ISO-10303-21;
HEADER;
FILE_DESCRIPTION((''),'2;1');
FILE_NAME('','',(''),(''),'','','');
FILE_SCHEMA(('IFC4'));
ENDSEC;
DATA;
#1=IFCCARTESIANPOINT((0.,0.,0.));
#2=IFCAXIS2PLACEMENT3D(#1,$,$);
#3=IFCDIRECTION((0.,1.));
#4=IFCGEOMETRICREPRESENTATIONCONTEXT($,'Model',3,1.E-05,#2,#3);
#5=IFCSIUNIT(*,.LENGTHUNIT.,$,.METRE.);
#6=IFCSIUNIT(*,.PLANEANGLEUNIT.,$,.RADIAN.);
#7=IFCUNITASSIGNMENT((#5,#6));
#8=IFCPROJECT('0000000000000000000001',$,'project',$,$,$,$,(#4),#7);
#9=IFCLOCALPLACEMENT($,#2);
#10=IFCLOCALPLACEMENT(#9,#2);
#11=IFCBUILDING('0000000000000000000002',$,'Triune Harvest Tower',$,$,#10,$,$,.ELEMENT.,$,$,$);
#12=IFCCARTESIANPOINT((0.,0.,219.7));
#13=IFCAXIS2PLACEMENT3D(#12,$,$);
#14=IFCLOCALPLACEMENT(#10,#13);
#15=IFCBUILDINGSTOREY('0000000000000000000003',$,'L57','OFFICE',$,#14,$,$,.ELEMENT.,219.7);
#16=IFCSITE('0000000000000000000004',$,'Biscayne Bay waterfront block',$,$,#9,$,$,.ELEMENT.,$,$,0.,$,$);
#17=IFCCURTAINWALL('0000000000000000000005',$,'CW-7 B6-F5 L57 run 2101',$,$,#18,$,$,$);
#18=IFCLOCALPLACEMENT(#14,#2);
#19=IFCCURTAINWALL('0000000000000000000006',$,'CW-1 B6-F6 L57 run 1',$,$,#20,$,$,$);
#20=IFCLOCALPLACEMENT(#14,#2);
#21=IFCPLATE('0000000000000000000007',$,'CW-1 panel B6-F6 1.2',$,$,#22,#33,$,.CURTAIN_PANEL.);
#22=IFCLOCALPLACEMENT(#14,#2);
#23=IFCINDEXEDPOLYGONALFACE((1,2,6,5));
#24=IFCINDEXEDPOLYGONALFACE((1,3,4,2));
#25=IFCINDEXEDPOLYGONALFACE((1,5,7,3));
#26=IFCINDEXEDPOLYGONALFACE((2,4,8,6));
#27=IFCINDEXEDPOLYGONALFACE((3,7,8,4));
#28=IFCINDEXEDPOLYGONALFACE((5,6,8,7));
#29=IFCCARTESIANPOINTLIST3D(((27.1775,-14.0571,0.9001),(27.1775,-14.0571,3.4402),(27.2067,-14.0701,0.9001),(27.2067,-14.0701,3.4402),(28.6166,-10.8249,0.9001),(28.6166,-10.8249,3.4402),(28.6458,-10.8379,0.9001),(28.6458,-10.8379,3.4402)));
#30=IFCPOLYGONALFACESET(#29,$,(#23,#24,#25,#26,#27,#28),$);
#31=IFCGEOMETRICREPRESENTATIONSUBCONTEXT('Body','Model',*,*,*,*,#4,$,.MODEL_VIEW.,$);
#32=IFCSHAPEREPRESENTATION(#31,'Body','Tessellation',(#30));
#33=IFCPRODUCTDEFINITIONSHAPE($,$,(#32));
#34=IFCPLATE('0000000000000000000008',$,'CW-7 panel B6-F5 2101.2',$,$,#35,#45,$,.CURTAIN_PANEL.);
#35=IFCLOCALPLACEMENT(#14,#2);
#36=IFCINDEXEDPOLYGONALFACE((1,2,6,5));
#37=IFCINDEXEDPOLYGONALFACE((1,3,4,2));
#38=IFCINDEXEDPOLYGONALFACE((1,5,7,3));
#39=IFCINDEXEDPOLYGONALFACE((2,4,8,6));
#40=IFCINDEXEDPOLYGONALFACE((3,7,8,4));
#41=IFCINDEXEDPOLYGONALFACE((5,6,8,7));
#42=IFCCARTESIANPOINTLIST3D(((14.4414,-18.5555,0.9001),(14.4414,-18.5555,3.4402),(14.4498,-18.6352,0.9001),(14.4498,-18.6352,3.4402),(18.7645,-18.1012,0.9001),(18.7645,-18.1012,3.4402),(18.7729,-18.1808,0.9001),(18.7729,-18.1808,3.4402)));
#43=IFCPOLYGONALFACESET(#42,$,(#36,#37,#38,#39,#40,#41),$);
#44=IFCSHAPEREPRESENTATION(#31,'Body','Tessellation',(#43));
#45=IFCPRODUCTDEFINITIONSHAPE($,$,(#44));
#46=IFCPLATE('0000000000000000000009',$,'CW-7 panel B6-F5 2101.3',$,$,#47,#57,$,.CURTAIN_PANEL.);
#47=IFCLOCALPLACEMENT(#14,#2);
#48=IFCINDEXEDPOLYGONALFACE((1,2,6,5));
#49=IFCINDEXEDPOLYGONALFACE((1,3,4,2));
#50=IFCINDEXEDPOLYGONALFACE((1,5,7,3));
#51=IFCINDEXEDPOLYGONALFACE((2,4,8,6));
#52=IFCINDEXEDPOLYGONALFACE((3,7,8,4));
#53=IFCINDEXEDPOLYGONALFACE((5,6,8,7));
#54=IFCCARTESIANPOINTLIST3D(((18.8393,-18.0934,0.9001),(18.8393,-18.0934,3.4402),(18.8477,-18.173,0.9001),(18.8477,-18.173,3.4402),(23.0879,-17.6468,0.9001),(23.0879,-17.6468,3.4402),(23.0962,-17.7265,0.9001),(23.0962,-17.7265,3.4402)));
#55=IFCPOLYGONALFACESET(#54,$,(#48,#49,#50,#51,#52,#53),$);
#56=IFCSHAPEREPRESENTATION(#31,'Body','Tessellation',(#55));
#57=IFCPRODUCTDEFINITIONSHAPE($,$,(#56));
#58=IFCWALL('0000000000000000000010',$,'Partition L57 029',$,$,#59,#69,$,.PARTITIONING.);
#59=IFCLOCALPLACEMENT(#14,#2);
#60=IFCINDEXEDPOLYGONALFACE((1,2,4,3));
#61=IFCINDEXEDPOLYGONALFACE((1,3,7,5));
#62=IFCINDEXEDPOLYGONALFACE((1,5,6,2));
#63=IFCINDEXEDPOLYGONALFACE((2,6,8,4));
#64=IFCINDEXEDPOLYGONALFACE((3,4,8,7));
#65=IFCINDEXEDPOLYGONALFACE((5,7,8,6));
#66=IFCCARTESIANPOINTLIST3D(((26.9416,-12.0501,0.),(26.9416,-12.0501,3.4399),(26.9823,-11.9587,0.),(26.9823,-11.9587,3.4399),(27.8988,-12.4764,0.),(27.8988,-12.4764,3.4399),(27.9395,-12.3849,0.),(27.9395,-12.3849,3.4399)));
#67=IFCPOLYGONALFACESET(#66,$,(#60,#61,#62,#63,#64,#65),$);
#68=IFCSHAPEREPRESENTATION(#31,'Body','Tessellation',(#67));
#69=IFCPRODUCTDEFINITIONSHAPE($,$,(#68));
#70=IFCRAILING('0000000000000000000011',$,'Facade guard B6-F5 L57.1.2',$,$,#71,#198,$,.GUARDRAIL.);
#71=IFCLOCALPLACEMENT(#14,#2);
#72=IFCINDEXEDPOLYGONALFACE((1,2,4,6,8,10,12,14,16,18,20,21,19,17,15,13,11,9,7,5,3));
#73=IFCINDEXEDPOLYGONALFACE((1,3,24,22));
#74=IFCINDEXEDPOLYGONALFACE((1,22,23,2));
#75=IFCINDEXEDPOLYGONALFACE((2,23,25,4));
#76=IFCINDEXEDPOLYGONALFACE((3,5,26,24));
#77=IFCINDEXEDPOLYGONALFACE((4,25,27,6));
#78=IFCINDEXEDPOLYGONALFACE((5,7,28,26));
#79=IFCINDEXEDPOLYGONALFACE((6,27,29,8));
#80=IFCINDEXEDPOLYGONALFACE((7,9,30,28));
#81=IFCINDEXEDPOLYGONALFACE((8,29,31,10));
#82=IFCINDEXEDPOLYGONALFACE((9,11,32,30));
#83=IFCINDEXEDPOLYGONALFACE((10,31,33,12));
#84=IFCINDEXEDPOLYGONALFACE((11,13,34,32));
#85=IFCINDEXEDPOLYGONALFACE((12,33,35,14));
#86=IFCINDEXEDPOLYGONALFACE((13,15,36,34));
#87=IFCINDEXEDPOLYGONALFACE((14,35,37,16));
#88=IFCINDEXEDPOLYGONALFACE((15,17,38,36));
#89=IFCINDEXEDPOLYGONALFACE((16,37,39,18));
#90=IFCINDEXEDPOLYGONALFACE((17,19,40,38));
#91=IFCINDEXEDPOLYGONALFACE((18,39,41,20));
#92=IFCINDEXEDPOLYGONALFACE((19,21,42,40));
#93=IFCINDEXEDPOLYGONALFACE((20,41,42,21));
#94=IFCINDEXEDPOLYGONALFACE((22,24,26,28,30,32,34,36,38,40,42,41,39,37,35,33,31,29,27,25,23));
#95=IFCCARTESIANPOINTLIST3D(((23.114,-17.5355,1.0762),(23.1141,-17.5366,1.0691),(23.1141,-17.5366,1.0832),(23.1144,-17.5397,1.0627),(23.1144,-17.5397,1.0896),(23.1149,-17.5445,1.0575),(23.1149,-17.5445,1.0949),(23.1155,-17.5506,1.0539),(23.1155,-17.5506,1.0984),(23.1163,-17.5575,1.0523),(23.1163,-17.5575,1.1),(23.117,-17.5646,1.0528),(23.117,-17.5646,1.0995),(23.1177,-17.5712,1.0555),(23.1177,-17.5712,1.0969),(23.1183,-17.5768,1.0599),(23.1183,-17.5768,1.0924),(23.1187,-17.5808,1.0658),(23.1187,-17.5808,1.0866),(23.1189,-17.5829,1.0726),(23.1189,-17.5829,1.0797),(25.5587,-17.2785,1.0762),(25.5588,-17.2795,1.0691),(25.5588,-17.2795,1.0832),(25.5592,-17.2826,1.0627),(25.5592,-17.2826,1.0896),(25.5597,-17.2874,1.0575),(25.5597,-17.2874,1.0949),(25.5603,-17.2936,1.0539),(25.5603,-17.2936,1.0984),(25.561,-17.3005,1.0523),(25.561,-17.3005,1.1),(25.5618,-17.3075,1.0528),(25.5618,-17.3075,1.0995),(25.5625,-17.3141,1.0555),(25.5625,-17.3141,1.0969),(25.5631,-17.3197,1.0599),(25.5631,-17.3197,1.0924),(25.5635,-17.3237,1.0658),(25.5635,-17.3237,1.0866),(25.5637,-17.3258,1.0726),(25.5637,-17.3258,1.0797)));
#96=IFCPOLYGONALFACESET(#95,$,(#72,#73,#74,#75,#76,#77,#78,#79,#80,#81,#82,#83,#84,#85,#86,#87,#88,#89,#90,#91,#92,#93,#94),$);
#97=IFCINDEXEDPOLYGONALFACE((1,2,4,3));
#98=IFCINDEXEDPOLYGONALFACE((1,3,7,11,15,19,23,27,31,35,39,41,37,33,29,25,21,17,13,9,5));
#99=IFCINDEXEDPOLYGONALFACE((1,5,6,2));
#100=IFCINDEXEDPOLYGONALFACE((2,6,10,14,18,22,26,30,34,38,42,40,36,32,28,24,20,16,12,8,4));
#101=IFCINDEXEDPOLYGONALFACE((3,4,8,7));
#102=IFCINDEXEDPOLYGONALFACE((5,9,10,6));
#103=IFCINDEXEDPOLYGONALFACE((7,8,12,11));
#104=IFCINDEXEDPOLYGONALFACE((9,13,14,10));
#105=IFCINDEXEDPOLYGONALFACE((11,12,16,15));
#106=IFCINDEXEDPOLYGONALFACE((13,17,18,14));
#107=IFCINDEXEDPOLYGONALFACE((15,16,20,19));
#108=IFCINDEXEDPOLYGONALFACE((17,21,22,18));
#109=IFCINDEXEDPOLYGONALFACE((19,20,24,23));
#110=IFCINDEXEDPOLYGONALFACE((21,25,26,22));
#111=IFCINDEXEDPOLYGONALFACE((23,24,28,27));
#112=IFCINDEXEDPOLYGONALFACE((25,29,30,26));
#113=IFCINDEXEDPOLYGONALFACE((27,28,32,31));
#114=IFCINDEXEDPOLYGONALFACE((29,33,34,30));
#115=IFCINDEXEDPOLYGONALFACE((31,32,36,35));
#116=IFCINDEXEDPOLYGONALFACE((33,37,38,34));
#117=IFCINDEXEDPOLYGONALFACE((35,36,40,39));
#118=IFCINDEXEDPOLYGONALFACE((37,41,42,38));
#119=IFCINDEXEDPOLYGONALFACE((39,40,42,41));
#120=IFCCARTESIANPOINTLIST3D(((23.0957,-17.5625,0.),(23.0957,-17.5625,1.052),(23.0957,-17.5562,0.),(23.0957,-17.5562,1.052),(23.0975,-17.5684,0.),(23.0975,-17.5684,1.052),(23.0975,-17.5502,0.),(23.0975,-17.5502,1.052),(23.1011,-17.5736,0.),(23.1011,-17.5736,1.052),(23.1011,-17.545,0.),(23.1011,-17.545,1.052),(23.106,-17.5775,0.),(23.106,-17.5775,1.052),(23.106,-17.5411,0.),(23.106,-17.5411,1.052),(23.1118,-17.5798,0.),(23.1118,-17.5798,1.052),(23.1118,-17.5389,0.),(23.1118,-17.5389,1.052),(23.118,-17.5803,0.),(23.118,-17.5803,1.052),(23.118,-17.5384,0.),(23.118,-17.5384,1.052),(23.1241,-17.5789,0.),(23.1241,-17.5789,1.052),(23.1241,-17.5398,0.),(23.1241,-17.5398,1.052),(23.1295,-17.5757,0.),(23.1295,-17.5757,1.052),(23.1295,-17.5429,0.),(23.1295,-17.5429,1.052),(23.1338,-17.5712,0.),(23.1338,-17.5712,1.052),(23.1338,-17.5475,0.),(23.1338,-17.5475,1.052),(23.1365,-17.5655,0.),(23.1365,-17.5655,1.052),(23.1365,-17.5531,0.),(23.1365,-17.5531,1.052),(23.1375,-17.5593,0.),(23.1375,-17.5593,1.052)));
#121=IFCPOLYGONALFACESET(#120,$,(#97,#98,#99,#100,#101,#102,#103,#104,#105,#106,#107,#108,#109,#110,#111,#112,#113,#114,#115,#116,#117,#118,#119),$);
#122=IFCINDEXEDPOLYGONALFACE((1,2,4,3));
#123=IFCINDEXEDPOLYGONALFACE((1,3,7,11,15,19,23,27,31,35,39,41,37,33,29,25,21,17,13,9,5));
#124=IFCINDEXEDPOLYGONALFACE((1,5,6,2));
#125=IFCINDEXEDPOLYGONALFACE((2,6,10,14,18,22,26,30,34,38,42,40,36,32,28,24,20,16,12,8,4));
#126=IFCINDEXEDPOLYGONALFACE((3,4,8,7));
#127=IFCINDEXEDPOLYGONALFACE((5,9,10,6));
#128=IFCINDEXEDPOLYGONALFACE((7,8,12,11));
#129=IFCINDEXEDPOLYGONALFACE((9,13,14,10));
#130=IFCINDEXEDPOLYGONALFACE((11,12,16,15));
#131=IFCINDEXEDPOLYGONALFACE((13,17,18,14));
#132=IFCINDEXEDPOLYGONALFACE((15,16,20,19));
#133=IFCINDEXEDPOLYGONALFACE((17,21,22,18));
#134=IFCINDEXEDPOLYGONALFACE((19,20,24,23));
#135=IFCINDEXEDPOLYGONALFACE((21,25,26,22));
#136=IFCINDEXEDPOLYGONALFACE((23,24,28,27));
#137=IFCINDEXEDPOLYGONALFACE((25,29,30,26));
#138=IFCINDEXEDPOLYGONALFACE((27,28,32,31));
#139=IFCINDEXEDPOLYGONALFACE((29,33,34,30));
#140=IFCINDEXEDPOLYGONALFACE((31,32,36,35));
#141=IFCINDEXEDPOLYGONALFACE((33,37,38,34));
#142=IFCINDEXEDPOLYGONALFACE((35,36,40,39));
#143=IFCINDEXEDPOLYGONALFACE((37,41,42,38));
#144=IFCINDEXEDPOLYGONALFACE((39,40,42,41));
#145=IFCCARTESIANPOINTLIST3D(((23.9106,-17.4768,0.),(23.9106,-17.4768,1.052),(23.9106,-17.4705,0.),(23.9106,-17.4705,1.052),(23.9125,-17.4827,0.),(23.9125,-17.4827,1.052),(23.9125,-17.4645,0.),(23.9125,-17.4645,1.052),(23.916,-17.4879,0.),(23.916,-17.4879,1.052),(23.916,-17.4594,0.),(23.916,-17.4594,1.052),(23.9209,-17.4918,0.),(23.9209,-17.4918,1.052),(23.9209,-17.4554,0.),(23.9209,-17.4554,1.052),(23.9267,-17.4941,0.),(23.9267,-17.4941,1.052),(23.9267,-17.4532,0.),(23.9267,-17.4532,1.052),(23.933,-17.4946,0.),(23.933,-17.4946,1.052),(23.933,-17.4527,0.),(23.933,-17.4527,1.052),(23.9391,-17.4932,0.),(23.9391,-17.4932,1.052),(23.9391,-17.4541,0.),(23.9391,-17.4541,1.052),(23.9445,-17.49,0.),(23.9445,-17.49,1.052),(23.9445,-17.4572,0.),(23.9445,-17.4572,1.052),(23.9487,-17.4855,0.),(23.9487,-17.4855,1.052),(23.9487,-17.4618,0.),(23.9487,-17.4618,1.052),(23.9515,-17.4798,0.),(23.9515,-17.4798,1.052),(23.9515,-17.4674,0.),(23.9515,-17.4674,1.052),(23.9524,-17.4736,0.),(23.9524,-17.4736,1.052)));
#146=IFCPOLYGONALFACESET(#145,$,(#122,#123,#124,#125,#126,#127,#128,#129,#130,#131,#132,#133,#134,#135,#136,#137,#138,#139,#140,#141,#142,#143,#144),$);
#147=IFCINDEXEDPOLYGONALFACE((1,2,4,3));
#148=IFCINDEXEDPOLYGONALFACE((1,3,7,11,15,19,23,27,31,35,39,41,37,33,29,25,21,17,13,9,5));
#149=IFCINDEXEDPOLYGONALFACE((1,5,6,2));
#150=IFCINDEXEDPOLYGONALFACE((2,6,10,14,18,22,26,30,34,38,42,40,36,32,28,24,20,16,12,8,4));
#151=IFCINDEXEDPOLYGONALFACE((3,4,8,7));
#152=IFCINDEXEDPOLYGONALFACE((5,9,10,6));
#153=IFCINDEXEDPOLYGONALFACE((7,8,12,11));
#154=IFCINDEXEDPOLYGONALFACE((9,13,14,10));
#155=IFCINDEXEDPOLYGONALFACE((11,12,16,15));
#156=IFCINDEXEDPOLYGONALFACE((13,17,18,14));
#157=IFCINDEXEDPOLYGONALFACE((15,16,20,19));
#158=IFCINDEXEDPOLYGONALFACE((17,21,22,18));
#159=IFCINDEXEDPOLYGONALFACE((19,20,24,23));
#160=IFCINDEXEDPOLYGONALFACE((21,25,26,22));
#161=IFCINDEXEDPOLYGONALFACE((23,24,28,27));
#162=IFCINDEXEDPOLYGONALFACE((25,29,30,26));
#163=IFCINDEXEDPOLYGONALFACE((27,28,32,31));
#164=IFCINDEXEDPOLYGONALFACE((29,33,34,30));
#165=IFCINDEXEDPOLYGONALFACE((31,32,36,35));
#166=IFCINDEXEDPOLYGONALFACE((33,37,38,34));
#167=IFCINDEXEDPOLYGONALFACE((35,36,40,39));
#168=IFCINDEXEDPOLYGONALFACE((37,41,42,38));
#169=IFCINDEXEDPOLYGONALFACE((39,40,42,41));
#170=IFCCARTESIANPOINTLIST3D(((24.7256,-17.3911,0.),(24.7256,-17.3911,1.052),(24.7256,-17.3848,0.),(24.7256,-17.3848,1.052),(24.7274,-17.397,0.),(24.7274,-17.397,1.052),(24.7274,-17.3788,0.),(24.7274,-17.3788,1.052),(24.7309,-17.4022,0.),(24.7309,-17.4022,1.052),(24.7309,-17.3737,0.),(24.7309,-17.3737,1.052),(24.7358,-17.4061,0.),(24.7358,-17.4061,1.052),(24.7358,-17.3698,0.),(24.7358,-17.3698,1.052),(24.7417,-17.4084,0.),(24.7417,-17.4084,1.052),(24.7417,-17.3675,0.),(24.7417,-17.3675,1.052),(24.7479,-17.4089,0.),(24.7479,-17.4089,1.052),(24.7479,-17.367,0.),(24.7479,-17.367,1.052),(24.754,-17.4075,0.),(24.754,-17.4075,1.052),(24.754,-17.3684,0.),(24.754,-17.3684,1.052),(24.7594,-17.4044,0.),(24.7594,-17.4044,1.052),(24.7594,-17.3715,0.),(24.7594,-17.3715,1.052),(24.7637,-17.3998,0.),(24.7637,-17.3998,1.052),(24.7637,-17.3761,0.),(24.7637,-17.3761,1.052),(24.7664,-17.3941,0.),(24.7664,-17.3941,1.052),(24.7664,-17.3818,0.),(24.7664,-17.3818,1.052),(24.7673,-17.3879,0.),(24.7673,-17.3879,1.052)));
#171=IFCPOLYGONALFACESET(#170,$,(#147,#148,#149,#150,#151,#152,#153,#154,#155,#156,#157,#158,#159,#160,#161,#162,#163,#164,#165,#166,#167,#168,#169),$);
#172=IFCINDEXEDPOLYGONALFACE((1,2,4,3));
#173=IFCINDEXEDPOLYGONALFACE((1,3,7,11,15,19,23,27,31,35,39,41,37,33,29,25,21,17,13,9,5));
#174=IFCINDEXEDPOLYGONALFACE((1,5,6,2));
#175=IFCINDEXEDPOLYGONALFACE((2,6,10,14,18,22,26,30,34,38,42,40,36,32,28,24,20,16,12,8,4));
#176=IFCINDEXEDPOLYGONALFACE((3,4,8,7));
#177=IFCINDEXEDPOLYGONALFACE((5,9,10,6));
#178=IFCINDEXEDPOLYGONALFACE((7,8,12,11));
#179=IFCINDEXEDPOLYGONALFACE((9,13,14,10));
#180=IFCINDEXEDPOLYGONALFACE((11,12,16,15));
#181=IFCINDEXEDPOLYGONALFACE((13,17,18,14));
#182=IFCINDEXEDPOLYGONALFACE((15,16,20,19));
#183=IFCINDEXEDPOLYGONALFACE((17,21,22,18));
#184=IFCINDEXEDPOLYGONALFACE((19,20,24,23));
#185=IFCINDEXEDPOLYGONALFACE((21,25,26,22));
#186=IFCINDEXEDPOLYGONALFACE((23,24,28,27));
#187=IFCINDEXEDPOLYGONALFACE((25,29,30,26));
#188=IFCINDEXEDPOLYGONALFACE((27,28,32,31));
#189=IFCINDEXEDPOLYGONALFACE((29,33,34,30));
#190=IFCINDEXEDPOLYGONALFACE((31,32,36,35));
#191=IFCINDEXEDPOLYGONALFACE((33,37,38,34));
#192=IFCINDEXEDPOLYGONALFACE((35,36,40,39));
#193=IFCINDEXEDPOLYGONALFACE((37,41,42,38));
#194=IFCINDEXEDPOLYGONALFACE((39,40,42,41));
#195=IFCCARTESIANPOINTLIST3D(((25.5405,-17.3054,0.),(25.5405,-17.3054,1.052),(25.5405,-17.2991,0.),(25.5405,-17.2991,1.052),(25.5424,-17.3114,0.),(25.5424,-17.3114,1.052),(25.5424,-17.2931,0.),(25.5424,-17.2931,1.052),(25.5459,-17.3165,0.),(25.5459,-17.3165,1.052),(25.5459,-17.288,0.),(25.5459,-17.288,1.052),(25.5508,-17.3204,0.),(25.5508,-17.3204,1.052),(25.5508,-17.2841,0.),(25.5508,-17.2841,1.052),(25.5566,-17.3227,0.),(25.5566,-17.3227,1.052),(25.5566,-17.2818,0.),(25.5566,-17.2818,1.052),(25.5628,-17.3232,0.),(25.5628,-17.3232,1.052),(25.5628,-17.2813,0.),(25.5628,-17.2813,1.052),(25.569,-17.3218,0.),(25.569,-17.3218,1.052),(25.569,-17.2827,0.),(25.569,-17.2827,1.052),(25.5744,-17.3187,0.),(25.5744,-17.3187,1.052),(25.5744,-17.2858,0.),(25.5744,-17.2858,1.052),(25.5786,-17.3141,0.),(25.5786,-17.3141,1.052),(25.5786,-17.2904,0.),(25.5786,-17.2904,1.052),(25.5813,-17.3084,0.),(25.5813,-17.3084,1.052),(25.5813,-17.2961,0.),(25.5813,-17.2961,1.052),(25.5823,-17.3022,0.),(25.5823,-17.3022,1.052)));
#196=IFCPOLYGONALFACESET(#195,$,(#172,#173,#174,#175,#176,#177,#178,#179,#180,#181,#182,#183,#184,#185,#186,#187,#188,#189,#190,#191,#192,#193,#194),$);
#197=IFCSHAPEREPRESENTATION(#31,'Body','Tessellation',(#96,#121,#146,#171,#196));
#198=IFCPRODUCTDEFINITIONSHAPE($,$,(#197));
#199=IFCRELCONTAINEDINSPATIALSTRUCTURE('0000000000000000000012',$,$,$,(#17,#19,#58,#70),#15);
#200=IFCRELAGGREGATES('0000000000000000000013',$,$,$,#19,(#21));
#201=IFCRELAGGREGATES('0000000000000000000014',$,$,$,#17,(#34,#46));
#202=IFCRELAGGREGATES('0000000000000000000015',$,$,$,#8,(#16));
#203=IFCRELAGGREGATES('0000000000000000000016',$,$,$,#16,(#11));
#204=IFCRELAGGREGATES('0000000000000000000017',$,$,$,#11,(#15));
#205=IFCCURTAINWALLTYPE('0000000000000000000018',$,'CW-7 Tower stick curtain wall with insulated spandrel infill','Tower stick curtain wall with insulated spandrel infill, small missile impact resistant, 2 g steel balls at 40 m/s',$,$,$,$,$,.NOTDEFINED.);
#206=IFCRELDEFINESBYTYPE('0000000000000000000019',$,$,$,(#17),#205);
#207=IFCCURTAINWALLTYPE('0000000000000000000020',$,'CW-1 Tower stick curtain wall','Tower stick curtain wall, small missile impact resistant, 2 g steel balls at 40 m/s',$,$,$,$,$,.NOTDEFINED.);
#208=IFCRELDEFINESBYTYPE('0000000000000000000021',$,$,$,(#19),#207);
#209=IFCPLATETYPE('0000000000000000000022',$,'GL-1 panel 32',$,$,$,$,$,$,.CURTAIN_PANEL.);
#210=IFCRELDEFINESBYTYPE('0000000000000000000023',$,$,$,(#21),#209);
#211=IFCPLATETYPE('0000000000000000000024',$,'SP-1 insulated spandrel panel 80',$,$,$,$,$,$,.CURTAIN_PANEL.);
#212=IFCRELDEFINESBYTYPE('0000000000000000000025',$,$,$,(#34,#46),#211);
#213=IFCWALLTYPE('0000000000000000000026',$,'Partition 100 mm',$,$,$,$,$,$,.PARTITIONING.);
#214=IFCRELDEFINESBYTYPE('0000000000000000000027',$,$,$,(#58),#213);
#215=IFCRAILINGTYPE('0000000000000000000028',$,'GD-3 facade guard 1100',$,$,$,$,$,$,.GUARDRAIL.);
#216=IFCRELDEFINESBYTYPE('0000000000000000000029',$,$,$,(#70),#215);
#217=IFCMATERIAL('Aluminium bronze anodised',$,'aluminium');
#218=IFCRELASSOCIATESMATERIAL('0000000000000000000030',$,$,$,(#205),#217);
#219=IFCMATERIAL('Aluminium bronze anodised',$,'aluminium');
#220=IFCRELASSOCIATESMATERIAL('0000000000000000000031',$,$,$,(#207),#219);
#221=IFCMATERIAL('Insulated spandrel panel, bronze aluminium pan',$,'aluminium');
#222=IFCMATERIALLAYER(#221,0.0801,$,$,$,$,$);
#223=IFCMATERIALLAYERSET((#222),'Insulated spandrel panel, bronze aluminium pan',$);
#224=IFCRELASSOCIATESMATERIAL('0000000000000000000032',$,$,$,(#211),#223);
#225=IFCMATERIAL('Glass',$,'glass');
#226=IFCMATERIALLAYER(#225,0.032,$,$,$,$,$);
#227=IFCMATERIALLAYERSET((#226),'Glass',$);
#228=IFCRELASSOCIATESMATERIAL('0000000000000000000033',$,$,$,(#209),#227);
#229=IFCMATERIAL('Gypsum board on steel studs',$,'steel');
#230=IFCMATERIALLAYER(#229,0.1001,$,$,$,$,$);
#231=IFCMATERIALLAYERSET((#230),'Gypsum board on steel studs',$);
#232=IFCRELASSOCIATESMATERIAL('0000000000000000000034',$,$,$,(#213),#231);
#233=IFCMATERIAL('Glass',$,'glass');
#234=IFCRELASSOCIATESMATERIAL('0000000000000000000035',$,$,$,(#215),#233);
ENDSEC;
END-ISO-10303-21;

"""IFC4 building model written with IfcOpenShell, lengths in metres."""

from ifc_helpers import new_model, si_unit, direction, frame, frame_2d, origin, origin_2d, place, context, subcontext, project, spatial, rectangle, circle, extrude, source, transform, mapped, material, layer, layer_set, type_object, element, aggregate, save


model = new_model("IFC4")

# Units and contexts
model_context = context("Model", 3, precision=1e-05, world=origin(), true_north=direction((0.0, 1.0)))
body_context = subcontext(model_context, "Body", "Model", "MODEL_VIEW")
ifc_project = project(units=[si_unit("LENGTHUNIT", "METRE"), si_unit("PLANEANGLEUNIT", "RADIAN")], contexts=[model_context])

# Site, building, storey
site_placement = place(None, origin())
site = spatial("IfcSite", under=ifc_project, at=site_placement, Name="Biscayne Bay waterfront block", CompositionType="ELEMENT", RefElevation=0.0)
building_placement = place(site_placement, origin())
building = spatial("IfcBuilding", under=site, at=building_placement, Name="Triune Harvest Tower", CompositionType="ELEMENT")
storey_placement = place(building_placement, frame((0.0, 0.0, 219.7)))
storey = spatial("IfcBuildingStorey", under=building, at=storey_placement, Name="L57", Description="OFFICE", CompositionType="ELEMENT", Elevation=219.7)

# Curtain wall
ifc_material_1 = material(Name="Aluminium bronze anodised", Category="aluminium")
curtain_wall_type_1 = type_object("IfcCurtainWallType", Name="CW-7 Tower stick curtain wall with insulated spandrel infill", Description="Tower stick curtain wall with insulated spandrel infill, small missile impact resistant, 2 g steel balls at 40 m/s", PredefinedType="NOTDEFINED", material=ifc_material_1)
curtain_wall_1_placement = place(storey_placement, origin())
curtain_wall_1 = element("IfcCurtainWall", 1, at=curtain_wall_1_placement, inside=storey, type_object=curtain_wall_type_1, Name="CW-7 B6-F5 L57 run 2101")

# Curtain wall
ifc_material_2 = material(Name="Aluminium bronze anodised", Category="aluminium")
curtain_wall_type_2 = type_object("IfcCurtainWallType", Name="CW-1 Tower stick curtain wall", Description="Tower stick curtain wall, small missile impact resistant, 2 g steel balls at 40 m/s", PredefinedType="NOTDEFINED", material=ifc_material_2)
curtain_wall_2_placement = place(storey_placement, origin())
curtain_wall_2 = element("IfcCurtainWall", 2, at=curtain_wall_2_placement, inside=storey, type_object=curtain_wall_type_2, Name="CW-1 B6-F6 L57 run 1")

# Plates
ifc_material_3 = material(Name="Insulated spandrel panel, bronze aluminium pan", Category="aluminium")
ifc_layer_1 = layer(ifc_material_3, 0.0801)
ifc_layer_set_1 = layer_set([ifc_layer_1], Name="Insulated spandrel panel, bronze aluminium pan")
plate_type_1 = type_object("IfcPlateType", Name="SP-1 insulated spandrel panel 80", PredefinedType="CURTAIN_PANEL", material=ifc_layer_set_1)
ifc_material_4 = material(Name="Glass", Category="glass")
ifc_layer_2 = layer(ifc_material_4, 0.032)
ifc_layer_set_2 = layer_set([ifc_layer_2], Name="Glass")
plate_type_2 = type_object("IfcPlateType", Name="GL-1 panel 32", PredefinedType="CURTAIN_PANEL", material=ifc_layer_set_2)
shared_shape_1 = source(origin(), body_context, "Body", "SweptSolid", [
    extrude(rectangle(XDim=3.5381, YDim=0.032, at=origin_2d()), origin(), (0.0, 0.0, 1.0), 2.54),
])
plate_1_placement = place(storey_placement, frame((27.9116, -12.4475, 0.9001), z_axis=(0.0, 0.0, 1.0), x_axis=(0.406743, 0.913543, 0.0)))
plate_1 = element("IfcPlate", 3, at=plate_1_placement, type_object=plate_type_2, Name="CW-1 panel B6-F6 1.2", PredefinedType="CURTAIN_PANEL", context=body_context, shape_type="MappedRepresentation", body=[
    mapped(shared_shape_1, transform((0.0, 0.0, 0.0), scale=1.0)),
])
aggregate(curtain_wall_2, [plate_1])
shared_shape_2 = source(origin(), body_context, "Body", "SweptSolid", [
    extrude(rectangle(XDim=4.3469, YDim=0.0801, at=origin_2d()), origin(), (0.0, 0.0, 1.0), 2.54),
])
plate_2_placement = place(storey_placement, frame((16.6072, -18.3682, 0.9001), z_axis=(0.0, 0.0, 1.0), x_axis=(0.994522, 0.104527, 0.0)))
plate_2 = element("IfcPlate", 4, at=plate_2_placement, type_object=plate_type_1, Name="CW-7 panel B6-F5 2101.2", PredefinedType="CURTAIN_PANEL", context=body_context, shape_type="MappedRepresentation", body=[
    mapped(shared_shape_2, transform((0.0, 0.0, 0.0), scale=1.0)),
])
shared_shape_3 = source(origin(), body_context, "Body", "SweptSolid", [
    extrude(rectangle(XDim=4.272, YDim=0.0801, at=origin_2d()), origin(), (0.0, 0.0, 1.0), 2.54),
])
plate_3_placement = place(storey_placement, frame((20.9678, -17.9099, 0.9001), z_axis=(0.0, 0.0, 1.0), x_axis=(0.994522, 0.104527, 0.0)))
plate_3 = element("IfcPlate", 5, at=plate_3_placement, type_object=plate_type_1, Name="CW-7 panel B6-F5 2101.3", PredefinedType="CURTAIN_PANEL", context=body_context, shape_type="MappedRepresentation", body=[
    mapped(shared_shape_3, transform((0.0, 0.0, 0.0), scale=1.0)),
])
aggregate(curtain_wall_1, [plate_2, plate_3])

# Wall
ifc_material_5 = material(Name="Gypsum board on steel studs", Category="steel")
ifc_layer_3 = layer(ifc_material_5, 0.1001)
ifc_layer_set_3 = layer_set([ifc_layer_3], Name="Gypsum board on steel studs")
wall_type = type_object("IfcWallType", Name="Partition 100 mm", PredefinedType="PARTITIONING", material=ifc_layer_set_3)
shared_shape_4 = source(origin(), body_context, "Body", "SweptSolid", [
    extrude(rectangle(XDim=1.0479, YDim=0.1001, at=frame_2d((0.5239, 0.0))), origin(), (0.0, 0.0, 1.0), 3.4399),
])
wall_placement = place(storey_placement, frame((26.9619, -12.0044, 0.0), z_axis=(0.0, 0.0, 1.0), x_axis=(0.913523, -0.406787, 0.0)))
element("IfcWall", 6, at=wall_placement, inside=storey, type_object=wall_type, Name="Partition L57 029", PredefinedType="PARTITIONING", context=body_context, shape_type="MappedRepresentation", body=[
    mapped(shared_shape_4, transform((0.0, 0.0, 0.0), scale=1.0)),
])

# Railing
ifc_material_6 = material(Name="Glass", Category="glass")
railing_type = type_object("IfcRailingType", Name="GD-3 facade guard 1100", PredefinedType="GUARDRAIL", material=ifc_material_6)
railing_placement = place(storey_placement, frame((23.1165, -17.5593, 0.0)))
element("IfcRailing", 7, at=railing_placement, inside=storey, type_object=railing_type, Name="Facade guard B6-F5 L57.1.2", PredefinedType="GUARDRAIL", context=body_context, shape_type="SweptSolid", body=[
    extrude(circle(Radius=0.0239, at=origin_2d()), frame((0.0, 0.0, 1.0762), z_axis=(0.994517, 0.104576, 0.0), x_axis=(-0.104576, 0.994517, 0.0)), (0.0, 0.0, 1.0), 2.4583),
    extrude(circle(Radius=0.021, at=origin_2d()), origin(), (0.0, 0.0, 1.0), 1.052),
    extrude(circle(Radius=0.021, at=origin_2d()), frame((0.8149, 0.0857, 0.0)), (0.0, 0.0, 1.0), 1.052),
    extrude(circle(Radius=0.021, at=origin_2d()), frame((1.6299, 0.1714, 0.0)), (0.0, 0.0, 1.0), 1.052),
    extrude(circle(Radius=0.021, at=origin_2d()), frame((2.4448, 0.2571, 0.0)), (0.0, 0.0, 1.0), 1.052),
])

save(model, "model.ifc")
